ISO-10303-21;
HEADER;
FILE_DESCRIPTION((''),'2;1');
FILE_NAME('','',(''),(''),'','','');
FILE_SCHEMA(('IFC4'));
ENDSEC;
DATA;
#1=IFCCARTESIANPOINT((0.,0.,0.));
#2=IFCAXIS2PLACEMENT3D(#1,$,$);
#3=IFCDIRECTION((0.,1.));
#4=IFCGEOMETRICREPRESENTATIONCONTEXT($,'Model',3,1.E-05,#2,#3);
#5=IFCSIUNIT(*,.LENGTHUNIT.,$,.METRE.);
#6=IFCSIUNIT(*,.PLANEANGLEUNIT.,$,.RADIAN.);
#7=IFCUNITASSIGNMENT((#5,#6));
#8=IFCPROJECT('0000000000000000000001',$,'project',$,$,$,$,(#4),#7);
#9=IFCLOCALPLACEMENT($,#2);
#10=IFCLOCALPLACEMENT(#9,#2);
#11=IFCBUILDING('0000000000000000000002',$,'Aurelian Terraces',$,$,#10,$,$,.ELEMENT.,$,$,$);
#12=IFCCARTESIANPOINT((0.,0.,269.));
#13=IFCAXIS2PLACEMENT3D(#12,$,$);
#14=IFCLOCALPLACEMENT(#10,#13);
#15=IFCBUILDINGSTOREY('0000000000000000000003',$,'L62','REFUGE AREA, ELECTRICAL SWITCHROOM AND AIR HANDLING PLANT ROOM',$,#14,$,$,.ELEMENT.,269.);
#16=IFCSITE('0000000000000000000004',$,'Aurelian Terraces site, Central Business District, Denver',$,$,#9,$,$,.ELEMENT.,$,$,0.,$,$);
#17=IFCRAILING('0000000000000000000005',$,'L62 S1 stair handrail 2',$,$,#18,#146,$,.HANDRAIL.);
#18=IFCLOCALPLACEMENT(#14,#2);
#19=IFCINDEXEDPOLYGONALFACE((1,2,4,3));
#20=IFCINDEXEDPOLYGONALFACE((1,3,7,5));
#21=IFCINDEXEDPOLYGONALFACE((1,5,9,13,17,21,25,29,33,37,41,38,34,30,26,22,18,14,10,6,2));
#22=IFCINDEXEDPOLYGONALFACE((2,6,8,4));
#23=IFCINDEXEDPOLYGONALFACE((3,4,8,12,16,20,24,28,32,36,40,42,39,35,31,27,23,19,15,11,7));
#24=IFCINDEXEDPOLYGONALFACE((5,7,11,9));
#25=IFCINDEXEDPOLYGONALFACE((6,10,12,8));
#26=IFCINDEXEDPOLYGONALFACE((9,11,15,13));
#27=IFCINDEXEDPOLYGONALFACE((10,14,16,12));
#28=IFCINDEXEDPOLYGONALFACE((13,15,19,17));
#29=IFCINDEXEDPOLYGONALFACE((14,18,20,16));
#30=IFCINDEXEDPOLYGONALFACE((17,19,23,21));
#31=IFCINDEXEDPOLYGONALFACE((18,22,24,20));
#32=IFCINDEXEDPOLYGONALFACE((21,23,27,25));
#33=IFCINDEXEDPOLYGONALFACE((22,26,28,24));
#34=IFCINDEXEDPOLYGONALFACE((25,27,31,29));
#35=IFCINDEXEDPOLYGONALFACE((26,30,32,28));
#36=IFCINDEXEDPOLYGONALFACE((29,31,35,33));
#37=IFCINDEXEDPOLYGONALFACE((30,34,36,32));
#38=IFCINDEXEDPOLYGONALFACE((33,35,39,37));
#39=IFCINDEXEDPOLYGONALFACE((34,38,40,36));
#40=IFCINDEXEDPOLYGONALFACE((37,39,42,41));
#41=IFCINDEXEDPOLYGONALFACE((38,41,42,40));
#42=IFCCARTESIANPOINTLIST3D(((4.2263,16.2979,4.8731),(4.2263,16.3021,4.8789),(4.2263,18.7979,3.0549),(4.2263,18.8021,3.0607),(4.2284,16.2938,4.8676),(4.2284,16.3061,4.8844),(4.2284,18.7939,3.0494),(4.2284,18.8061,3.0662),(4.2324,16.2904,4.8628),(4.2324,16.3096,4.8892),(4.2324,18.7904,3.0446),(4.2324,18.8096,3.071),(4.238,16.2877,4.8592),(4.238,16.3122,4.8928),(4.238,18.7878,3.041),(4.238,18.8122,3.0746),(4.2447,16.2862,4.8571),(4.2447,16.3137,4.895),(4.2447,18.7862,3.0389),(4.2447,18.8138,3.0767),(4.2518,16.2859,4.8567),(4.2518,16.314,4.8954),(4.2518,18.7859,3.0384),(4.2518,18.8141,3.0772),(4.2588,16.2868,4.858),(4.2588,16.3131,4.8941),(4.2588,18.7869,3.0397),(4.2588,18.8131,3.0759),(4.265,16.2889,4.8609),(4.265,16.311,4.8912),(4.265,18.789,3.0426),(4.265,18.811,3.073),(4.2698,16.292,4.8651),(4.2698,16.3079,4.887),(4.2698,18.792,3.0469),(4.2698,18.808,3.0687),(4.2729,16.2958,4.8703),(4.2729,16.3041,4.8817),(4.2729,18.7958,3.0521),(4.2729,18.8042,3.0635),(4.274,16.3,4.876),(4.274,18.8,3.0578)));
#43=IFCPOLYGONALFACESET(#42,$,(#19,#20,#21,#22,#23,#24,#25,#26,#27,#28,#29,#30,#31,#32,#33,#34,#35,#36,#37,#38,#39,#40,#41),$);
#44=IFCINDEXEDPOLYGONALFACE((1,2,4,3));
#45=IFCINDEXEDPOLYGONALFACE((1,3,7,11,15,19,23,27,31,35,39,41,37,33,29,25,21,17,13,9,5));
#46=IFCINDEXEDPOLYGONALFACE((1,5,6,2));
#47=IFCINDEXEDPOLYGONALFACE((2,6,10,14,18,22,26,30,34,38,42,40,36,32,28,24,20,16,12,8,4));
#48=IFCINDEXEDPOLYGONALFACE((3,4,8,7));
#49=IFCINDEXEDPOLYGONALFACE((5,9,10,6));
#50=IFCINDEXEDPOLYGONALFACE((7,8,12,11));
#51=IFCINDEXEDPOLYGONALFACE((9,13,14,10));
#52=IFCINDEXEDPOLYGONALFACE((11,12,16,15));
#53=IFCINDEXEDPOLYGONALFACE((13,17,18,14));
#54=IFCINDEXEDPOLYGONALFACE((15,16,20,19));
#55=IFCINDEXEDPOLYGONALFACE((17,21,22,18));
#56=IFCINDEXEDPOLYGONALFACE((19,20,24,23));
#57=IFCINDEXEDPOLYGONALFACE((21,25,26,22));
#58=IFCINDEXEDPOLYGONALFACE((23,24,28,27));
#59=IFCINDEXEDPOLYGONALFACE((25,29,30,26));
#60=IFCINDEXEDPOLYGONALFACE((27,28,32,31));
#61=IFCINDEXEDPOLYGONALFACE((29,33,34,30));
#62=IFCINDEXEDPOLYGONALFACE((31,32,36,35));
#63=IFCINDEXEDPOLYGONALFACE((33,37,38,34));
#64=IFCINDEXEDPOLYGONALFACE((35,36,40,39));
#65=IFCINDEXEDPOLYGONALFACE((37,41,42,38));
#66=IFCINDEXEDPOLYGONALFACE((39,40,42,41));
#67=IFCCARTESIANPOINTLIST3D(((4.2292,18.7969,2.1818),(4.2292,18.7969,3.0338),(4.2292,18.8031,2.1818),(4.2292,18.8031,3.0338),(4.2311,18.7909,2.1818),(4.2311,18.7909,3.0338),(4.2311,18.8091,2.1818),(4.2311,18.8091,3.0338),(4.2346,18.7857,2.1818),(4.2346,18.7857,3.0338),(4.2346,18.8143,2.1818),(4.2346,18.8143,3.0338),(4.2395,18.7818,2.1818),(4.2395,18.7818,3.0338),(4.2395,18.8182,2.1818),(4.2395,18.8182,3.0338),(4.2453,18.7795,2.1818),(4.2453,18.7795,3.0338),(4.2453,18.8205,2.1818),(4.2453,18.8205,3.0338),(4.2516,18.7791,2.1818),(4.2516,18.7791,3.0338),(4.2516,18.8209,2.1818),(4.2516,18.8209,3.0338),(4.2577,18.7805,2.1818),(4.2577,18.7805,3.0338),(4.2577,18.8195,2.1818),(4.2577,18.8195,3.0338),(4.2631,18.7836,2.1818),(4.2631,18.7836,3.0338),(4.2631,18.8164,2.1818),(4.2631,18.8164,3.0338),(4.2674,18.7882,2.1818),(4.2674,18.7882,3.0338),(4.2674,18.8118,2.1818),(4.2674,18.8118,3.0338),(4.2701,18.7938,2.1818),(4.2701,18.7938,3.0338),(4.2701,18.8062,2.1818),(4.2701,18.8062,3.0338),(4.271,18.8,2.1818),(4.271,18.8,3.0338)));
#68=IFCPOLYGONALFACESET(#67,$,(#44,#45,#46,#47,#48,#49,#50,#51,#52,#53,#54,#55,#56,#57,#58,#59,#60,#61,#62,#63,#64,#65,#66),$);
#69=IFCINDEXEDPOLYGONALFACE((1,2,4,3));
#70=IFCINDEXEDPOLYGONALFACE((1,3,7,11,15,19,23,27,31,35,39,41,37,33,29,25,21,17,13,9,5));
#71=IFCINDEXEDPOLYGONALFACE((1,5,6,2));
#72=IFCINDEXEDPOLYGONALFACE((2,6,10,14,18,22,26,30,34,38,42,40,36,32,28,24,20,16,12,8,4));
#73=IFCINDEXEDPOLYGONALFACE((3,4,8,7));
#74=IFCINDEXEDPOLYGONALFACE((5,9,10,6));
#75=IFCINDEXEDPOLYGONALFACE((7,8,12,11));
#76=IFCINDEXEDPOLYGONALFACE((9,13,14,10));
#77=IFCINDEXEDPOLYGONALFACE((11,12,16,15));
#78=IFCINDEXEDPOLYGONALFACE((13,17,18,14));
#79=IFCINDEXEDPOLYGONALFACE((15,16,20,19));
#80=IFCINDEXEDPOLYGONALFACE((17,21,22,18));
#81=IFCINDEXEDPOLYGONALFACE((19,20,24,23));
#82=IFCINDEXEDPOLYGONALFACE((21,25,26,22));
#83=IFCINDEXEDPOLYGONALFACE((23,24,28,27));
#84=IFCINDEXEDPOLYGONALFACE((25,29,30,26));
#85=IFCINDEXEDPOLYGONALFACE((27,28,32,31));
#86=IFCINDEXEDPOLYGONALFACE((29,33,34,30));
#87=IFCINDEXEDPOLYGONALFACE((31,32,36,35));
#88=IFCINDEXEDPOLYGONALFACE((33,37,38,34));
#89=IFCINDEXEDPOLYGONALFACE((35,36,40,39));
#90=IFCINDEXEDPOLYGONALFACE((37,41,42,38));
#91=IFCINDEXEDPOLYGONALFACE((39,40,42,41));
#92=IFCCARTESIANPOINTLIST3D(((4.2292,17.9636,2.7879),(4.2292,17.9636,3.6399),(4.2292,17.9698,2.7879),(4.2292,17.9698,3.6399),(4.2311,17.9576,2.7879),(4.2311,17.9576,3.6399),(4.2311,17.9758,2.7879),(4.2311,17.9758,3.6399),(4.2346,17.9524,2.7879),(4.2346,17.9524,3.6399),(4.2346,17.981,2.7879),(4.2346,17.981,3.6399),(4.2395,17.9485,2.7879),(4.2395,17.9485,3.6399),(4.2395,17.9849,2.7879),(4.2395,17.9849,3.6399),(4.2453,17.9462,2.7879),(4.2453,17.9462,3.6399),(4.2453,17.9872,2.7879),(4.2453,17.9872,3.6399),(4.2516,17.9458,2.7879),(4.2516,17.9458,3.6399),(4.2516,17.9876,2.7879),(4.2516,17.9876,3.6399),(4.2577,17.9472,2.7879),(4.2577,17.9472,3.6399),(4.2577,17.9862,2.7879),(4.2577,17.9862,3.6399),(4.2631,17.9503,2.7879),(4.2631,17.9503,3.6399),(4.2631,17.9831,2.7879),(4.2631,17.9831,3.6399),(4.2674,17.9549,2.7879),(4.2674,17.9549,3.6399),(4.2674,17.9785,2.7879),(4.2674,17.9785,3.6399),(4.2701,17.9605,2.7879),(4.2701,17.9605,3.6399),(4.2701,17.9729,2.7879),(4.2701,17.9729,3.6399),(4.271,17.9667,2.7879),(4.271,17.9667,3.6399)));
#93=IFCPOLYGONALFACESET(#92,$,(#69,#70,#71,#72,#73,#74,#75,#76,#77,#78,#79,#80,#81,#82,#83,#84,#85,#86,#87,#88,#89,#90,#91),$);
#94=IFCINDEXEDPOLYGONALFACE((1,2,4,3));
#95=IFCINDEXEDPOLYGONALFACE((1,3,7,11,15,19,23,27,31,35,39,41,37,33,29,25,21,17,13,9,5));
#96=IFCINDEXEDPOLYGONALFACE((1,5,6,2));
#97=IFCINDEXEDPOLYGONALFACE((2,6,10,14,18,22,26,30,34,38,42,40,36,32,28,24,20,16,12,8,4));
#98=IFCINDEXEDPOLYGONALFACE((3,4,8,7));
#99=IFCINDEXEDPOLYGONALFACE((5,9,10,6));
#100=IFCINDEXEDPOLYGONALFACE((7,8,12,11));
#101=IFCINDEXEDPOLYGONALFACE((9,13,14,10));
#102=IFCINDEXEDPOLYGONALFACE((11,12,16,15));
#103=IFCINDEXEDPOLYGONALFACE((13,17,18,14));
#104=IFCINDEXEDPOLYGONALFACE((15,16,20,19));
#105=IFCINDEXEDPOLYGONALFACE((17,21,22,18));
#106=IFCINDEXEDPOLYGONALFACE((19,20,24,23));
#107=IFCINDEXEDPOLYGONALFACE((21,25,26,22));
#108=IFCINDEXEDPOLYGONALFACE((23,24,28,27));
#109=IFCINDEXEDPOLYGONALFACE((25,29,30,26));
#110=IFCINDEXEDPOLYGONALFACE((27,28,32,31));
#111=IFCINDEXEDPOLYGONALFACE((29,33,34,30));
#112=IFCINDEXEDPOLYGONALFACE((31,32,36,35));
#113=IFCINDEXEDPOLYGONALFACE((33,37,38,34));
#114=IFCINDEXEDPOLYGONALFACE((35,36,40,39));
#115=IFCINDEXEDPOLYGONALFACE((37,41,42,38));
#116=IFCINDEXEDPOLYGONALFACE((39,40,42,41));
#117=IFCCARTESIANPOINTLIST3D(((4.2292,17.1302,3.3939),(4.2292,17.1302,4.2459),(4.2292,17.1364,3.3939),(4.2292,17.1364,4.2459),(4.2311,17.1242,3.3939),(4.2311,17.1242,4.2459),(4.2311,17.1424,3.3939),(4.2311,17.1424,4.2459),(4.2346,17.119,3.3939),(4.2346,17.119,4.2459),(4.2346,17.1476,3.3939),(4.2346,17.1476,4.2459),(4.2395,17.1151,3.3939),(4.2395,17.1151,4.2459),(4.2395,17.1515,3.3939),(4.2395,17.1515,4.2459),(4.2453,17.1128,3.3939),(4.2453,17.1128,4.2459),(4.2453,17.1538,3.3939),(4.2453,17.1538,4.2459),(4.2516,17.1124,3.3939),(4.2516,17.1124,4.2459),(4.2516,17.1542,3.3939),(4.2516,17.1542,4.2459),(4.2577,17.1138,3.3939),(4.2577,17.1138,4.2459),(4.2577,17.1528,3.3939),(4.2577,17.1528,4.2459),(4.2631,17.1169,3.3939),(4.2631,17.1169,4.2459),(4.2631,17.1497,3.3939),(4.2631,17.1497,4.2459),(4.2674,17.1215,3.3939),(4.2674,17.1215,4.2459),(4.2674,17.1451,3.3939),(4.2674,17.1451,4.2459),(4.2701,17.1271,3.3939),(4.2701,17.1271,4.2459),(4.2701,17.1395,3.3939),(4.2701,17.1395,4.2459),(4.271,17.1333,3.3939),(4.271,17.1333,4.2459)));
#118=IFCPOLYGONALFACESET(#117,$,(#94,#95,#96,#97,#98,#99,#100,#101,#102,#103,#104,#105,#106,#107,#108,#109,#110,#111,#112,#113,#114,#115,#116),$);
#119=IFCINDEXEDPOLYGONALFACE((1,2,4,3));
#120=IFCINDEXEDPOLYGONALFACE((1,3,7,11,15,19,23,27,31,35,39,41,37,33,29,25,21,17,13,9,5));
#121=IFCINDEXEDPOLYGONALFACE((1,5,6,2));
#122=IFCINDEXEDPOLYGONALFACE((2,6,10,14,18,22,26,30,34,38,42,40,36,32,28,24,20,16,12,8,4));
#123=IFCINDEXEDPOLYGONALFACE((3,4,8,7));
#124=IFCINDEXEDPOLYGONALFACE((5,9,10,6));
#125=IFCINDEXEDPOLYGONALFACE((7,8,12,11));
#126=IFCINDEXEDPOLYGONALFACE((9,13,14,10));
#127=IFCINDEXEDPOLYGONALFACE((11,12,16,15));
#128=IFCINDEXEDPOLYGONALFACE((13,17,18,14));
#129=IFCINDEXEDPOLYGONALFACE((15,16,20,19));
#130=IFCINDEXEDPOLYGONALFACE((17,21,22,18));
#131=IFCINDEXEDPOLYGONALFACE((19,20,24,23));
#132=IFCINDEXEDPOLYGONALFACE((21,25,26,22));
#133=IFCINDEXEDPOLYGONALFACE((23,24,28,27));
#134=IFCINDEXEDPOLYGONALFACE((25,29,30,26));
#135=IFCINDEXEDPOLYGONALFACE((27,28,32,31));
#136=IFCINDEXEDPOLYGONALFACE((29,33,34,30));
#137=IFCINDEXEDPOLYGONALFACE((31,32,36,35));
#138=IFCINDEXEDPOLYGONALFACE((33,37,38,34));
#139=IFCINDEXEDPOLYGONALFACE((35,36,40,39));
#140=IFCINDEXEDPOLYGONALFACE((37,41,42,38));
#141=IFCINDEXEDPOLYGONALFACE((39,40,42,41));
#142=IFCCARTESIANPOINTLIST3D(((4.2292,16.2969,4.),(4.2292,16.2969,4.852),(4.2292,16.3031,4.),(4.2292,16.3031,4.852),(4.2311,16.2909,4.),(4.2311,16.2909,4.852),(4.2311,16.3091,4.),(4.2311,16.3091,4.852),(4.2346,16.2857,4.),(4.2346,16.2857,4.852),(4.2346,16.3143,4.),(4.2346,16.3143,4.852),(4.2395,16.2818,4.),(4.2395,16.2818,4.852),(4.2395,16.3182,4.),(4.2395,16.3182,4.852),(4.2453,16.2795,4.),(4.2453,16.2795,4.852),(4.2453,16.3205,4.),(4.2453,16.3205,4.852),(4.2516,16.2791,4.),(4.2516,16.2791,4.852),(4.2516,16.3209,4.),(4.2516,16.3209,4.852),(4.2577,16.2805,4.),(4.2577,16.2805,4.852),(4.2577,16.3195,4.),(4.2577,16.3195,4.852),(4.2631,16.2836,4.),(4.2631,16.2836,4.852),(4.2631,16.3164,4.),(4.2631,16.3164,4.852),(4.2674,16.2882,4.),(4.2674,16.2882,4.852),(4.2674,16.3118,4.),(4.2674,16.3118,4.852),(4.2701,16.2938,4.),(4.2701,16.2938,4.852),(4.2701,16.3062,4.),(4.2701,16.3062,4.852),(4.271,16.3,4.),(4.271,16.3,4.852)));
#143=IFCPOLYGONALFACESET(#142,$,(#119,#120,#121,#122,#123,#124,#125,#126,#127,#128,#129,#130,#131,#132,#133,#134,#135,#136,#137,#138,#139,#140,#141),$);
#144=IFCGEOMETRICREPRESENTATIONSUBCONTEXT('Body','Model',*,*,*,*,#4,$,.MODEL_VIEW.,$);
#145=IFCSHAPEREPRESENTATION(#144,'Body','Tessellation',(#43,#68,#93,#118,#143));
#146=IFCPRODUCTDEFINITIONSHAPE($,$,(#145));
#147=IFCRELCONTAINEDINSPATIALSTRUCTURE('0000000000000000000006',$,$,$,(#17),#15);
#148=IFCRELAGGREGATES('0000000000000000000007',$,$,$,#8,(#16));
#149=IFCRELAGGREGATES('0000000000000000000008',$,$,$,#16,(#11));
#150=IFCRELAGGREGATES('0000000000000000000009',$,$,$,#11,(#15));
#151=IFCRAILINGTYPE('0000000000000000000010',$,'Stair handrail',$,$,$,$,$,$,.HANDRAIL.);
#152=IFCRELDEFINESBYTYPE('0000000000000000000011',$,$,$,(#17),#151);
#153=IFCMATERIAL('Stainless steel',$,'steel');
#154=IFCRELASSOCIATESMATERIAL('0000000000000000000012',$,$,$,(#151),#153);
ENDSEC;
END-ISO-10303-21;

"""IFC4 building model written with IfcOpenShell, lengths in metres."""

from ifc_helpers import new_model, si_unit, direction, frame, origin, origin_2d, place, context, subcontext, project, spatial, circle, extrude, source, transform, mapped, material, type_object, element, save


model = new_model("IFC4")

# Units and contexts
model_context = context("Model", 3, precision=1e-05, world=origin(), true_north=direction((0.0, 1.0)))
body_context = subcontext(model_context, "Body", "Model", "MODEL_VIEW")
ifc_project = project(units=[si_unit("LENGTHUNIT", "METRE"), si_unit("PLANEANGLEUNIT", "RADIAN")], contexts=[model_context])

# Site, building, storey
site_placement = place(None, origin())
site = spatial("IfcSite", under=ifc_project, at=site_placement, Name="Aurelian Terraces site, Central Business District, Denver", CompositionType="ELEMENT", RefElevation=0.0)
building_placement = place(site_placement, origin())
building = spatial("IfcBuilding", under=site, at=building_placement, Name="Aurelian Terraces", CompositionType="ELEMENT")
storey_placement = place(building_placement, frame((0.0, 0.0, 269.0)))
storey = spatial("IfcBuildingStorey", under=building, at=storey_placement, Name="L62", Description="REFUGE AREA, ELECTRICAL SWITCHROOM AND AIR HANDLING PLANT ROOM", CompositionType="ELEMENT", Elevation=269.0)

# Railing
ifc_material_1 = material(Name="Stainless steel", Category="steel")
railing_type_1 = type_object("IfcRailingType", Name="Stair handrail", PredefinedType="HANDRAIL", material=ifc_material_1)
shared_shape_1 = source(origin(), body_context, "Body", "SweptSolid", [
    extrude(circle(Radius=0.024, at=origin_2d()), frame((0.0, 0.0, 0.876), z_axis=(0.0, -0.808733, 0.588176), x_axis=(1.0, 0.0, 0.0)), (0.0, 0.0, 1.0), 3.0913),
    extrude(circle(Radius=0.021, at=origin_2d()), origin(), (0.0, 0.0, 1.0), 0.852),
    extrude(circle(Radius=0.021, at=origin_2d()), frame((0.0, -0.8333, 0.6061)), (0.0, 0.0, 1.0), 0.852),
    extrude(circle(Radius=0.021, at=origin_2d()), frame((0.0, -1.6667, 1.2121)), (0.0, 0.0, 1.0), 0.852),
    extrude(circle(Radius=0.021, at=origin_2d()), frame((0.0, -2.5, 1.8182)), (0.0, 0.0, 1.0), 0.852),
])
for number, where, name in (
    (1, (4.25, 18.8, 2.1818), "L62 S1 stair handrail 2"),
):
    element("IfcRailing", number, at=place(storey_placement, frame(where)), inside=storey, type_object=railing_type_1, Name=name, PredefinedType="HANDRAIL", context=body_context, shape_type="MappedRepresentation", body=[
        mapped(shared_shape_1, transform((0.0, 0.0, 0.0), scale=1.0)),
    ])

save(model, "model.ifc")
